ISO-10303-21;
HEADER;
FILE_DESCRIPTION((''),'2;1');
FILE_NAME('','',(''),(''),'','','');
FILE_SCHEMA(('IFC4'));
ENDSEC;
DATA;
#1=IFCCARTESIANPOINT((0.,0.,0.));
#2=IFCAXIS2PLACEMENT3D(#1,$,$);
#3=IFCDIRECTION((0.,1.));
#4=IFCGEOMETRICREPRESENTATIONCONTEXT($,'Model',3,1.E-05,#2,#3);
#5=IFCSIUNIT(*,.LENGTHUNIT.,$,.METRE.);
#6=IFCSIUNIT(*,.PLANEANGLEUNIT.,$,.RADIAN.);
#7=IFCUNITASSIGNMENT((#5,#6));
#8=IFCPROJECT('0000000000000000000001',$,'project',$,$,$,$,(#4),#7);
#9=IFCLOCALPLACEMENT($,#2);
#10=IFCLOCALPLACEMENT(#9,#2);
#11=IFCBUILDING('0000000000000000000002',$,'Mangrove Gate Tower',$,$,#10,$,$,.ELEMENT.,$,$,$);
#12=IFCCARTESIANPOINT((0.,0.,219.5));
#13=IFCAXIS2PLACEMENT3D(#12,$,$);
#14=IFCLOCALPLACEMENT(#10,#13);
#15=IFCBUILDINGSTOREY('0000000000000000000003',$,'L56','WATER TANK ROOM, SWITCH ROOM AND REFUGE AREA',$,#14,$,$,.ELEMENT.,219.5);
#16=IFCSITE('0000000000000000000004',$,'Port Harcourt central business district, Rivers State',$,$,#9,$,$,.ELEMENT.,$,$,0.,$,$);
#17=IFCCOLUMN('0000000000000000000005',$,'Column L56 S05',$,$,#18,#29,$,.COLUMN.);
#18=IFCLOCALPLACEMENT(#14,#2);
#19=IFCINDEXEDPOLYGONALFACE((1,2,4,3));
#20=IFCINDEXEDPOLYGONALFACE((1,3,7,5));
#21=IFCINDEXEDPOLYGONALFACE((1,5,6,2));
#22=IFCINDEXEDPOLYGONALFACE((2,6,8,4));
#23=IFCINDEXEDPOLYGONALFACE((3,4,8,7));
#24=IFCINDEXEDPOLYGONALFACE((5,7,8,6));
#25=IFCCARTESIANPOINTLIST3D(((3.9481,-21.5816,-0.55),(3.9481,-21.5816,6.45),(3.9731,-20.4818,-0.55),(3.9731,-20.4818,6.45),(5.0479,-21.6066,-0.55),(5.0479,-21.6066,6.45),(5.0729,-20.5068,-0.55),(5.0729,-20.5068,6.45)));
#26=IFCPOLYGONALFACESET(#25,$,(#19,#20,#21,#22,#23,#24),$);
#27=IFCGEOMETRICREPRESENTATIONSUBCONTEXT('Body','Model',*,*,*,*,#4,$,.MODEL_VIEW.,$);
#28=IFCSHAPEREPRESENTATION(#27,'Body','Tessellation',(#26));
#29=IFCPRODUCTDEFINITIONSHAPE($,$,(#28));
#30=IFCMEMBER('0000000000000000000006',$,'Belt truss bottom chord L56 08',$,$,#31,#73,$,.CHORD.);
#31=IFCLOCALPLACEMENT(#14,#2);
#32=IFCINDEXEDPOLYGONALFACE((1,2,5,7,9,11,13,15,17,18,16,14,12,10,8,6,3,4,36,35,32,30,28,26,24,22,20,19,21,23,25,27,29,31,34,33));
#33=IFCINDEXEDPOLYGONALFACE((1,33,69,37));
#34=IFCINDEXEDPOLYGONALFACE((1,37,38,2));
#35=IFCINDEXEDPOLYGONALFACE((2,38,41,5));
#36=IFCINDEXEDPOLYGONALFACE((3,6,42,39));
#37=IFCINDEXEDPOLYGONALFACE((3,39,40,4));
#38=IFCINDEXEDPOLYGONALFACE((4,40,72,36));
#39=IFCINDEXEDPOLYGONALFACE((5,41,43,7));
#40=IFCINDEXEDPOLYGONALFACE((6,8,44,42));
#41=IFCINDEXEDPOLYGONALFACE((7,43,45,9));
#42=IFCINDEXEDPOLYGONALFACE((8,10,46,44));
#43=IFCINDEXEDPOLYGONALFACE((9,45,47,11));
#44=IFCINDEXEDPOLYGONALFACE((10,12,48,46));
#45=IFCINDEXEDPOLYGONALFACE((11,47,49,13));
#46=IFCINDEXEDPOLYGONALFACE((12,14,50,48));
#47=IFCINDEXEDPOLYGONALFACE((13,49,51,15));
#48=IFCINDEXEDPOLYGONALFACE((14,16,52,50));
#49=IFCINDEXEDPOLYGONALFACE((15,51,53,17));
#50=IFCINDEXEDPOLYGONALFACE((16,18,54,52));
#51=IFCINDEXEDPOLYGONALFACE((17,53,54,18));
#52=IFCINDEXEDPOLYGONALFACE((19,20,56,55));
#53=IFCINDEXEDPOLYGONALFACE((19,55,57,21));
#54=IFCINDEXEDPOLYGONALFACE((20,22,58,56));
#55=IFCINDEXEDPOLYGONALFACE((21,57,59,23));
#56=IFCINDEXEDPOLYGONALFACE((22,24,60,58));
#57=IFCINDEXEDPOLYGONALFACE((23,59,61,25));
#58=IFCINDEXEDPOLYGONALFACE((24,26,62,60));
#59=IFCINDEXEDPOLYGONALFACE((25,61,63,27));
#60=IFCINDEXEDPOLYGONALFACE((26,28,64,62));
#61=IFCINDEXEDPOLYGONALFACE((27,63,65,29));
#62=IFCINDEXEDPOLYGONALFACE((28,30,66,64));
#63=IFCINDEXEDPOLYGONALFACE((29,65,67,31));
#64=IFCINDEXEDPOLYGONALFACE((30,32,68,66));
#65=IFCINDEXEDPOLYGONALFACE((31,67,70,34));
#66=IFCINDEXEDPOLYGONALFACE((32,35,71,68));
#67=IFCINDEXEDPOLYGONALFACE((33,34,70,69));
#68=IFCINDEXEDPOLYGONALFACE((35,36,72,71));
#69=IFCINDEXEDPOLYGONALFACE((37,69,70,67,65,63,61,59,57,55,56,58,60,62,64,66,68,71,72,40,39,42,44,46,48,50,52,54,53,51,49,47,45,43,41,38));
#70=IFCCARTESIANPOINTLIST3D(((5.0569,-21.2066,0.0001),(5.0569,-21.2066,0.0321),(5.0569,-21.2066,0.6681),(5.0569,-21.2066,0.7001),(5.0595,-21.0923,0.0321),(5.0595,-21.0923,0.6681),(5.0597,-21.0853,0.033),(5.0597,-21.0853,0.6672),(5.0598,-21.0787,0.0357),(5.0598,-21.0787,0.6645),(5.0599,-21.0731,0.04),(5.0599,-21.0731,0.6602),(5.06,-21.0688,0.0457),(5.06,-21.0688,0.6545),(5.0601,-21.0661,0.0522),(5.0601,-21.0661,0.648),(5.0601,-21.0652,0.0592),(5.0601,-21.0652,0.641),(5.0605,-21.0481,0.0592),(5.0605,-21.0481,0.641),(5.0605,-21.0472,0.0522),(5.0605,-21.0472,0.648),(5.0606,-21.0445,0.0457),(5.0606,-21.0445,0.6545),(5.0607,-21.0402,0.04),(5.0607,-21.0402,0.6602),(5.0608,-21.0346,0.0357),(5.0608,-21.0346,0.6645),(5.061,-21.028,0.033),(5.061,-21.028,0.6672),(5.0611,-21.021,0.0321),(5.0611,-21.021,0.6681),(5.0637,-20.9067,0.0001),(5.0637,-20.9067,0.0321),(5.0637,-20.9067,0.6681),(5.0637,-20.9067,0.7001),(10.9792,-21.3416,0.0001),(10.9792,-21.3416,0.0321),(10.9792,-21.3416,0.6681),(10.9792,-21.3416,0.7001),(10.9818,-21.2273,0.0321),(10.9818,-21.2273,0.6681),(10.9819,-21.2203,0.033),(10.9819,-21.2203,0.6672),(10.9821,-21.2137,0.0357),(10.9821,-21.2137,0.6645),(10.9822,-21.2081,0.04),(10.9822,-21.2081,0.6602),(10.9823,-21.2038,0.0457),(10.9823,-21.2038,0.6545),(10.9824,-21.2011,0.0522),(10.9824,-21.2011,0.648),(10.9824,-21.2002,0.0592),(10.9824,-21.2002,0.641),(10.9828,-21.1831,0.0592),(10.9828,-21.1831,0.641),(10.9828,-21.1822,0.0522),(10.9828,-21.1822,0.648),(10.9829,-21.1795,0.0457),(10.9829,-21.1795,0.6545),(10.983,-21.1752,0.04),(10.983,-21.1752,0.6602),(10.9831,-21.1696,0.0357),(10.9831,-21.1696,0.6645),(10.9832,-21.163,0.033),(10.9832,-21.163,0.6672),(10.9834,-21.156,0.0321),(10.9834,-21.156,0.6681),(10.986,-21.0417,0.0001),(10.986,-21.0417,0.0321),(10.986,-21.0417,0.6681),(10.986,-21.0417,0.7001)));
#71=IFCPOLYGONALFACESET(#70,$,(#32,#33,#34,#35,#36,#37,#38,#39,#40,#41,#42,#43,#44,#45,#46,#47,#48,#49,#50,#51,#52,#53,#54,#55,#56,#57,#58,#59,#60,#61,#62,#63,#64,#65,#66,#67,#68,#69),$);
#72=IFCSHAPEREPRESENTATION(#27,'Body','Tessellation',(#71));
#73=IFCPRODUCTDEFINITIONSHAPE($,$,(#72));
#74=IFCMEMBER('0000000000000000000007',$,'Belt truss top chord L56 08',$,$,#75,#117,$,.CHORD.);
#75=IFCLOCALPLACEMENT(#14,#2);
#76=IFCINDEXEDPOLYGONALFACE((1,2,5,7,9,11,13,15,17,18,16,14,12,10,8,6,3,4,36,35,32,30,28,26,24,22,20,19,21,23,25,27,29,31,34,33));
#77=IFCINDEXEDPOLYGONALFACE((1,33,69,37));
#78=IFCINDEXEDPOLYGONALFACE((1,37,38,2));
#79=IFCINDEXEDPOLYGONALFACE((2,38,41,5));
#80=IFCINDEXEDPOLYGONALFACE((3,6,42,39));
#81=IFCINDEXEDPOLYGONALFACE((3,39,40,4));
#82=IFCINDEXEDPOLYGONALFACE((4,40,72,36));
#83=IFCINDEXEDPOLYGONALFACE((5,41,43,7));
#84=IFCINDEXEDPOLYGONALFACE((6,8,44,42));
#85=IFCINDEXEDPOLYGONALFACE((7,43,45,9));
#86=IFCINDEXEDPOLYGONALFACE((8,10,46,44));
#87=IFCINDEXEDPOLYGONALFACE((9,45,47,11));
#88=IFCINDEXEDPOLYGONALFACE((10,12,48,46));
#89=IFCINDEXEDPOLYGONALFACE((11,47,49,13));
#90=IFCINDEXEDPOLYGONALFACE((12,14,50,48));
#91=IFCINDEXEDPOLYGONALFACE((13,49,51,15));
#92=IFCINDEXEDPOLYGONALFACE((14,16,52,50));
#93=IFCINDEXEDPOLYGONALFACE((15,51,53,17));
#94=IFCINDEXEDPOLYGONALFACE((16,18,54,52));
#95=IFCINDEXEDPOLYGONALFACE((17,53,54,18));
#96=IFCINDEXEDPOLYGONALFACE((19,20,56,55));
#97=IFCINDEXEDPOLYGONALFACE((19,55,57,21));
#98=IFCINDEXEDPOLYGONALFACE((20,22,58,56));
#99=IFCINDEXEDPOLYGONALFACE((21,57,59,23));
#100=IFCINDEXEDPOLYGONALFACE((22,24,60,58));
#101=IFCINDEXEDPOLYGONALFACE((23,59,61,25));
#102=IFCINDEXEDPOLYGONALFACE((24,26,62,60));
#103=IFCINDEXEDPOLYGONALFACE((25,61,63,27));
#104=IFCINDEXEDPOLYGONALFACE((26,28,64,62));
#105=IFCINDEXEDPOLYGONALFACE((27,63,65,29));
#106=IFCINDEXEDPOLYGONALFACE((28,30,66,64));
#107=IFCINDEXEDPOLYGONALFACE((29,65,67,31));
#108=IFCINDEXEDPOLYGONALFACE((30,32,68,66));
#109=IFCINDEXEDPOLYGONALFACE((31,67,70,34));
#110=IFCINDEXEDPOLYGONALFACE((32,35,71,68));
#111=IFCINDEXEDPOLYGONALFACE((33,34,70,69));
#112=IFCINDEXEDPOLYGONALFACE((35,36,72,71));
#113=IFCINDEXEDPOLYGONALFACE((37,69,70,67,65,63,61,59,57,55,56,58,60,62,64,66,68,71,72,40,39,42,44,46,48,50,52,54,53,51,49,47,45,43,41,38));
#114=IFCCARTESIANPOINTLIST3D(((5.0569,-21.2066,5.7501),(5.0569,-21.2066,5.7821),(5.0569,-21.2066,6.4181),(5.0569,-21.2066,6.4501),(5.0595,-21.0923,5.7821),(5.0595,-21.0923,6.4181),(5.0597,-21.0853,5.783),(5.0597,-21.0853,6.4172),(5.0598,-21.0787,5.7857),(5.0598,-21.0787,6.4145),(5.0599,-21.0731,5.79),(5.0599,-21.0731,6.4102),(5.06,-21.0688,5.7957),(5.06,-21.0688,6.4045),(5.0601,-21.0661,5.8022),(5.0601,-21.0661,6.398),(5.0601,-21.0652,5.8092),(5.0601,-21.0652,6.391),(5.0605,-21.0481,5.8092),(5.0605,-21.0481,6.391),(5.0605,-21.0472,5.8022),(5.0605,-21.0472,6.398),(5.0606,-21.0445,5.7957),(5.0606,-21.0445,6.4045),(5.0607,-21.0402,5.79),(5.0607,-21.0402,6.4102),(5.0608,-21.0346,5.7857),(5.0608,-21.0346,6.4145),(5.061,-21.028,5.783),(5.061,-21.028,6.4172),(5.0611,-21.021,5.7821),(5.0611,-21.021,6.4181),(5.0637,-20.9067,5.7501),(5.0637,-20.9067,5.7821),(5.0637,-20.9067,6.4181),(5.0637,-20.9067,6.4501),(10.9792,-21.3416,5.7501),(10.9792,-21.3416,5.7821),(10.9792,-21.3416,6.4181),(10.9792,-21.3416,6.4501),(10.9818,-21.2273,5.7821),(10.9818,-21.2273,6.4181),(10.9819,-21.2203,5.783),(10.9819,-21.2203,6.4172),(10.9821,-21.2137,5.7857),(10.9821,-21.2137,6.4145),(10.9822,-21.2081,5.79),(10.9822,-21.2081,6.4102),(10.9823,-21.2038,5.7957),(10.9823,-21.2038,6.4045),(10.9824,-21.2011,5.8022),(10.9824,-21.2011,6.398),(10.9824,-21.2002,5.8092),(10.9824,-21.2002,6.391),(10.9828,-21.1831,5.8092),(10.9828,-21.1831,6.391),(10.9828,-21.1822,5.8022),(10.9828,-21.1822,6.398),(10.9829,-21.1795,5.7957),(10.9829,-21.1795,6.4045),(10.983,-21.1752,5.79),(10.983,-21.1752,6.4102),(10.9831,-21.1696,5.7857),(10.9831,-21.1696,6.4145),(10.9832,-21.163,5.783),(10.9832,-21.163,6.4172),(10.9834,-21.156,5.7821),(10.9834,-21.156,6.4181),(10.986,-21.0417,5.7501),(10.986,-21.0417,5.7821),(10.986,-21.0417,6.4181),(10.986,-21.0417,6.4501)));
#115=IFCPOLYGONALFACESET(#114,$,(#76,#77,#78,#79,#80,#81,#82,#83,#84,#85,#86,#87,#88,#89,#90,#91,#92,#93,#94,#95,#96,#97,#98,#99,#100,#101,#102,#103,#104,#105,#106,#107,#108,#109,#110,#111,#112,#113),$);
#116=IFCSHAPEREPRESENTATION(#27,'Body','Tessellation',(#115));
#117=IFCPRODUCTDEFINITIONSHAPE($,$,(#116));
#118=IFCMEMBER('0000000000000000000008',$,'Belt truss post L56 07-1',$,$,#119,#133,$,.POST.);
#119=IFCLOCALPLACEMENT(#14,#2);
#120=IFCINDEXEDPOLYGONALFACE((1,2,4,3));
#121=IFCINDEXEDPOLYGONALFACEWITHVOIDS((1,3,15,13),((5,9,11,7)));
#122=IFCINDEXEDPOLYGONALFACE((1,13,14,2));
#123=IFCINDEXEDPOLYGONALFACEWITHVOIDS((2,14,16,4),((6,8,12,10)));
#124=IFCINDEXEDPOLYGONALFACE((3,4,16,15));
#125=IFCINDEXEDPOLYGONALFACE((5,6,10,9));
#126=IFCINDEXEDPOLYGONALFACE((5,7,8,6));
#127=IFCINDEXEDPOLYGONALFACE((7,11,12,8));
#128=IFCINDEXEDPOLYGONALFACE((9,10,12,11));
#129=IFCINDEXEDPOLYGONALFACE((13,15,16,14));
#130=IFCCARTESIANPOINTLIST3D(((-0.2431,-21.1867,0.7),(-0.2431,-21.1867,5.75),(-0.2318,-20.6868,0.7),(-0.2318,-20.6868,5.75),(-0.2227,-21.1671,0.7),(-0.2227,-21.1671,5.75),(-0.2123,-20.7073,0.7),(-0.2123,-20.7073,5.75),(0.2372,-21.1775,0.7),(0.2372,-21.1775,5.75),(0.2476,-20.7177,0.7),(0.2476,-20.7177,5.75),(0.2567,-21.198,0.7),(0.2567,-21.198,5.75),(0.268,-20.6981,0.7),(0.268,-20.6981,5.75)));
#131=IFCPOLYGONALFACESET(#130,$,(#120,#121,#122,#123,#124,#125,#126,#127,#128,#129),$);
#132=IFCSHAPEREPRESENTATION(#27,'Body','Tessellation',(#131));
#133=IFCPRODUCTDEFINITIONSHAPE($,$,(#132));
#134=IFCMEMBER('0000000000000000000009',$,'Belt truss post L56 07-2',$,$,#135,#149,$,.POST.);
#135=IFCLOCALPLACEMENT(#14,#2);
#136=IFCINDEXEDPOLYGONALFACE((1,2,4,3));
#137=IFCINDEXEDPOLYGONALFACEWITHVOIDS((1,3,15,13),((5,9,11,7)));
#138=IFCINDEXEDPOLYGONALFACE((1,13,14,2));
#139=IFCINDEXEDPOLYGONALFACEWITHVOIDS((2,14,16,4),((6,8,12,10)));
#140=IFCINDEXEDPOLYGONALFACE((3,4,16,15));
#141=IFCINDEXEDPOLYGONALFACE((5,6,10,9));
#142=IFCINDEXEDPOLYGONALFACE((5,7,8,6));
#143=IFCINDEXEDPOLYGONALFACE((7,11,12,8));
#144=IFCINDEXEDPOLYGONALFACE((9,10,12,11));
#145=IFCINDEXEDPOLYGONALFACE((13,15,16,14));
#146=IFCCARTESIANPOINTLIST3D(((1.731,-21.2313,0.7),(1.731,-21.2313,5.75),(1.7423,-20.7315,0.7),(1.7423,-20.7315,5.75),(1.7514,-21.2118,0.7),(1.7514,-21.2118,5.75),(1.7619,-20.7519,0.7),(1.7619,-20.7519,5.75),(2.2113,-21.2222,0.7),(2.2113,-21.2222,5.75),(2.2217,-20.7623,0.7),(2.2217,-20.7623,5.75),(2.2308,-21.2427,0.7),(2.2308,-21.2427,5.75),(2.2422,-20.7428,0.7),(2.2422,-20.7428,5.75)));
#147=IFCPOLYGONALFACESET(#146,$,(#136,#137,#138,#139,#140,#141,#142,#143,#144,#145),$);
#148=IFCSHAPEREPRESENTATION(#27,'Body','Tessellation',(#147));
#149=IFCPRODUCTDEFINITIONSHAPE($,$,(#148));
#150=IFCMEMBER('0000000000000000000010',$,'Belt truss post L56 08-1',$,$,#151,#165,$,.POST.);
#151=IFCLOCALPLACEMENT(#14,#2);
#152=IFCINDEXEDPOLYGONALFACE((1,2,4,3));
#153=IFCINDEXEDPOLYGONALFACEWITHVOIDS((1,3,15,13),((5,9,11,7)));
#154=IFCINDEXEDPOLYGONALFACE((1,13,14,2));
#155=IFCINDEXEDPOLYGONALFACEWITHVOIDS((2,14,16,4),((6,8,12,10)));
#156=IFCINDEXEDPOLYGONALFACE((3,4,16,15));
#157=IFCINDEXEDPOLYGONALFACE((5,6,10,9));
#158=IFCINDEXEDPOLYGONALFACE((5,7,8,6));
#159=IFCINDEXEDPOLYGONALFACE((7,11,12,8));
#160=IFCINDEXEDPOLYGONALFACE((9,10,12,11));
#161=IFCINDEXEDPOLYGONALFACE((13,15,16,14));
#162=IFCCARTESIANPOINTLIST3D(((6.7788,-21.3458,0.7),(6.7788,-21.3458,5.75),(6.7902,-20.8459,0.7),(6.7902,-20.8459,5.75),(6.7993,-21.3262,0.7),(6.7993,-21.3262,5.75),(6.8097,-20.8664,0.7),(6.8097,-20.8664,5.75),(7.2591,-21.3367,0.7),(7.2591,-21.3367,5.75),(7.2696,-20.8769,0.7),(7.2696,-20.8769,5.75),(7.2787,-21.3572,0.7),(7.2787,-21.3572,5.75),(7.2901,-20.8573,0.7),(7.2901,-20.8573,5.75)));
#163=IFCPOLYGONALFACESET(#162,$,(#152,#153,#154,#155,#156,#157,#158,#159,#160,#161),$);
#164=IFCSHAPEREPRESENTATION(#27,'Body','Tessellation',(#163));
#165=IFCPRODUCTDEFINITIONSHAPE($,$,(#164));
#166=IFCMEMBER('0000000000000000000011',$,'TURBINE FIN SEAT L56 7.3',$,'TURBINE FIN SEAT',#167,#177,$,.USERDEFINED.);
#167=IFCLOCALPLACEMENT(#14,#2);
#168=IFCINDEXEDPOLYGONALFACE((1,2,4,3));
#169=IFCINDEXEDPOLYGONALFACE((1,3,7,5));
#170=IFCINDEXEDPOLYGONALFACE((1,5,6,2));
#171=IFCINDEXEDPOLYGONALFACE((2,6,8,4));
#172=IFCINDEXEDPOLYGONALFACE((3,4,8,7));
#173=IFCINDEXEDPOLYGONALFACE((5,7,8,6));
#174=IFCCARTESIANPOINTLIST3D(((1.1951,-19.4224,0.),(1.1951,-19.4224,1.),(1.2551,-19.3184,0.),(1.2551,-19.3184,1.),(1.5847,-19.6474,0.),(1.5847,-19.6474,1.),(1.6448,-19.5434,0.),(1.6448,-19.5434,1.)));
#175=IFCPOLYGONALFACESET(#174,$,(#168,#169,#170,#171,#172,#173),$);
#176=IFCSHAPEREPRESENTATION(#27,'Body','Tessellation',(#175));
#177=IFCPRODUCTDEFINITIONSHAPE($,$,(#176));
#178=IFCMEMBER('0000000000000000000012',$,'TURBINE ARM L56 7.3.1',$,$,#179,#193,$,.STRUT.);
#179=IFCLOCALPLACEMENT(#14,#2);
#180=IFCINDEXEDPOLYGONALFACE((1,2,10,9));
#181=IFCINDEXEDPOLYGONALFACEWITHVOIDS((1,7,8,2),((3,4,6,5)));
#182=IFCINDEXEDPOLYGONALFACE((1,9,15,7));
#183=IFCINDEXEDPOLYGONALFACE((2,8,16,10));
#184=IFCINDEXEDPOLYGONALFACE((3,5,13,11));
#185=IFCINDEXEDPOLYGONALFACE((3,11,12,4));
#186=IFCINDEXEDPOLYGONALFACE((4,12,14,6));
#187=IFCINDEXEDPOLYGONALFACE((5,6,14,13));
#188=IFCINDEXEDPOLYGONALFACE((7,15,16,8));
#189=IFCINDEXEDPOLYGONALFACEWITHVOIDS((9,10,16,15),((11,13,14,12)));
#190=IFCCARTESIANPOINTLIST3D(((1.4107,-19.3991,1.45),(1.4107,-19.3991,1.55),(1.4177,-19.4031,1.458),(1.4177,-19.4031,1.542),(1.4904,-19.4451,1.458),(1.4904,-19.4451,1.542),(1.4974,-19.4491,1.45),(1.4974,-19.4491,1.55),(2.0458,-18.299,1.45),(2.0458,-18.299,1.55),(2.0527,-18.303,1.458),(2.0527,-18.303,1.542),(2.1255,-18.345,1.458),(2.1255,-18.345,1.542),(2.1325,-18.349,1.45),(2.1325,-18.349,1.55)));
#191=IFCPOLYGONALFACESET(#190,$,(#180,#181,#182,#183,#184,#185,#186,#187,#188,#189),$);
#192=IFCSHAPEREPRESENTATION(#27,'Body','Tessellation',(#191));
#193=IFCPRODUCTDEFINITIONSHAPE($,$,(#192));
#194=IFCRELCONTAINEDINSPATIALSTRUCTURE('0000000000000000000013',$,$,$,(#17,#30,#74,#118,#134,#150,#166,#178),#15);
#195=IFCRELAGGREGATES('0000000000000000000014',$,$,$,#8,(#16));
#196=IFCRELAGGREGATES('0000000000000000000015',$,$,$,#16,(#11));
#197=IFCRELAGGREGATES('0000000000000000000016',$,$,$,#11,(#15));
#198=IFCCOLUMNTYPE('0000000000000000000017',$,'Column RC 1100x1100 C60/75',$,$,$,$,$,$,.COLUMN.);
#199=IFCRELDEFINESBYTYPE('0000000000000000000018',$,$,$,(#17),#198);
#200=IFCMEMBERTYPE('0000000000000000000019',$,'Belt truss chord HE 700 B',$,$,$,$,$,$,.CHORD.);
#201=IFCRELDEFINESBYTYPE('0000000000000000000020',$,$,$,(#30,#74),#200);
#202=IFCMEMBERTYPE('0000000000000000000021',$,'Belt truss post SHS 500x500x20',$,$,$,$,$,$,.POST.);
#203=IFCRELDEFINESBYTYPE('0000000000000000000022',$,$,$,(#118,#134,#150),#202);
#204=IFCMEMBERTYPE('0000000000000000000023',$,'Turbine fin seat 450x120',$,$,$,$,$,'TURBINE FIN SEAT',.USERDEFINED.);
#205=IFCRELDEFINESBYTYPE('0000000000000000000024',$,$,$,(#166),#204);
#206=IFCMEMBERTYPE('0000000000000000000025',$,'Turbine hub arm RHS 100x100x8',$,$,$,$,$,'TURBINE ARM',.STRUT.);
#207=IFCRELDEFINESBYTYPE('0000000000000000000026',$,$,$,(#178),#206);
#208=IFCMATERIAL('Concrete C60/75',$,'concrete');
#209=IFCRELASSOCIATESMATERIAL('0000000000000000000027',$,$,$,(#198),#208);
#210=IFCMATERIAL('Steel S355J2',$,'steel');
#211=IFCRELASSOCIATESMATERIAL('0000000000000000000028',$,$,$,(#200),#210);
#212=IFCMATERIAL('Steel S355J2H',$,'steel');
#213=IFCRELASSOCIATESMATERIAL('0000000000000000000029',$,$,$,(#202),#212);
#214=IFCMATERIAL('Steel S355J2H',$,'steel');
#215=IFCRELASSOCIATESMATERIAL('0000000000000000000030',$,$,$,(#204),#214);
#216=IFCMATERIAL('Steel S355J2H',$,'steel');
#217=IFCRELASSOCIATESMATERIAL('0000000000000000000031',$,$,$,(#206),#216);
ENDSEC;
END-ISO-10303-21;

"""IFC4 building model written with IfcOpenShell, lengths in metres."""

from ifc_helpers import new_model, si_unit, direction, frame, origin, origin_2d, place, context, subcontext, project, spatial, rectangle, hollow_rectangle, i_section, extrude, material, material_profile, profile_set, type_object, element, save


model = new_model("IFC4")

# Units and contexts
model_context = context("Model", 3, precision=1e-05, world=origin(), true_north=direction((0.0, 1.0)))
body_context = subcontext(model_context, "Body", "Model", "MODEL_VIEW")
ifc_project = project(units=[si_unit("LENGTHUNIT", "METRE"), si_unit("PLANEANGLEUNIT", "RADIAN")], contexts=[model_context])

# Site, building, storey
site_placement = place(None, origin())
site = spatial("IfcSite", under=ifc_project, at=site_placement, Name="Port Harcourt central business district, Rivers State", CompositionType="ELEMENT", RefElevation=0.0)
building_placement = place(site_placement, origin())
building = spatial("IfcBuilding", under=site, at=building_placement, Name="Mangrove Gate Tower", CompositionType="ELEMENT")
storey_placement = place(building_placement, frame((0.0, 0.0, 219.5)))
storey = spatial("IfcBuildingStorey", under=building, at=storey_placement, Name="L56", Description="WATER TANK ROOM, SWITCH ROOM AND REFUGE AREA", CompositionType="ELEMENT", Elevation=219.5)

# Column
ifc_material_1 = material(Name="Concrete C60/75", Category="concrete")
ifc_material_profile_1 = material_profile(ifc_material_1, rectangle(XDim=1.1001, YDim=1.1001, at=origin_2d()))
ifc_profile_set_1 = profile_set([ifc_material_profile_1], Name="Concrete C60/75")
column_type = type_object("IfcColumnType", Name="Column RC 1100x1100 C60/75", PredefinedType="COLUMN", material=ifc_profile_set_1)
column_placement = place(storey_placement, frame((4.5105, -21.0442, -0.55), z_axis=(0.0, 0.0, 1.0), x_axis=(0.999742, -0.022708, 0.0)))
element("IfcColumn", 1, at=column_placement, inside=storey, type_object=column_type, Name="Column L56 S05", PredefinedType="COLUMN", context=body_context, shape_type="SweptSolid", body=[
    extrude(rectangle(XDim=1.1001, YDim=1.1001, at=origin_2d()), origin(), (0.0, 0.0, 1.0), 7.0),
])

# Members
ifc_material_2 = material(Name="Steel S355J2", Category="steel")
ifc_material_profile_2 = material_profile(ifc_material_2, i_section(OverallWidth=0.3, OverallDepth=0.7, WebThickness=0.0171, FlangeThickness=0.032, FilletRadius=0.0271, at=origin_2d()))
ifc_profile_set_2 = profile_set([ifc_material_profile_2], Name="Steel S355J2")
member_type_1 = type_object("IfcMemberType", Name="Belt truss chord HE 700 B", PredefinedType="CHORD", material=ifc_profile_set_2)
for number, where, z_axis, x_axis, name in (
    (2, (5.0603, -21.0566, 0.3501), (0.99974, -0.022791, 0.0), (0.022791, 0.99974, 0.0), "Belt truss bottom chord L56 08"),
    (3, (5.0603, -21.0566, 6.1001), (0.99974, -0.022791, 0.0), (0.022791, 0.99974, 0.0), "Belt truss top chord L56 08"),
):
    element("IfcMember", number, at=place(storey_placement, frame(where, z_axis=z_axis, x_axis=x_axis)), inside=storey, type_object=member_type_1, Name=name, PredefinedType="CHORD", context=body_context, shape_type="SweptSolid", body=[
        extrude(i_section(OverallWidth=0.3, OverallDepth=0.7, WebThickness=0.0171, FlangeThickness=0.032, FilletRadius=0.0271, at=origin_2d()), origin(), (0.0, 0.0, 1.0), 5.9238),
    ])
ifc_material_3 = material(Name="Steel S355J2H", Category="steel")
ifc_material_profile_3 = material_profile(ifc_material_3, hollow_rectangle(XDim=0.5, YDim=0.5, WallThickness=0.02, at=origin_2d()))
ifc_profile_set_3 = profile_set([ifc_material_profile_3], Name="Steel S355J2H")
member_type_2 = type_object("IfcMemberType", Name="Belt truss post SHS 500x500x20", PredefinedType="POST", material=ifc_profile_set_3)
for number, where, z_axis, x_axis, name in (
    (4, (0.0125, -20.9424, 0.7), (0.0, 0.0, 1.0), (0.999744, -0.022637, 0.0), "Belt truss post L56 07-1"),
    (5, (1.9866, -20.9871, 0.7), (0.0, 0.0, 1.0), (0.999744, -0.022637, 0.0), "Belt truss post L56 07-2"),
    (6, (7.0344, -21.1016, 0.7), (0.0, 0.0, 1.0), (0.999741, -0.02278, 0.0), "Belt truss post L56 08-1"),
):
    element("IfcMember", number, at=place(storey_placement, frame(where, z_axis=z_axis, x_axis=x_axis)), inside=storey, type_object=member_type_2, Name=name, PredefinedType="POST", context=body_context, shape_type="SweptSolid", body=[
        extrude(hollow_rectangle(XDim=0.5, YDim=0.5, WallThickness=0.02, at=origin_2d()), origin(), (0.0, 0.0, 1.0), 5.05),
    ])
ifc_material_4 = material(Name="Steel S355J2H", Category="steel")
ifc_material_profile_4 = material_profile(ifc_material_4, rectangle(XDim=0.45, YDim=0.1201, at=origin_2d()))
ifc_profile_set_4 = profile_set([ifc_material_profile_4], Name="Steel S355J2H")
member_type_3 = type_object("IfcMemberType", Name="Turbine fin seat 450x120", ElementType="TURBINE FIN SEAT", PredefinedType="USERDEFINED", material=ifc_profile_set_4)
member_1_placement = place(storey_placement, frame((1.4199, -19.4829, 0.0), z_axis=(0.0, 0.0, 1.0), x_axis=(0.866025, -0.5, 0.0)))
element("IfcMember", 7, at=member_1_placement, inside=storey, type_object=member_type_3, Name="TURBINE FIN SEAT L56 7.3", ObjectType="TURBINE FIN SEAT", PredefinedType="USERDEFINED", context=body_context, shape_type="SweptSolid", body=[
    extrude(rectangle(XDim=0.45, YDim=0.1201, at=origin_2d()), origin(), (0.0, 0.0, 1.0), 1.0),
])
ifc_material_5 = material(Name="Steel S355J2H", Category="steel")
ifc_material_profile_5 = material_profile(ifc_material_5, hollow_rectangle(XDim=0.1001, YDim=0.1001, WallThickness=0.0081, at=origin_2d()))
ifc_profile_set_5 = profile_set([ifc_material_profile_5], Name="Steel S355J2H")
member_type_4 = type_object("IfcMemberType", Name="Turbine hub arm RHS 100x100x8", ElementType="TURBINE ARM", PredefinedType="STRUT", material=ifc_profile_set_5)
for number, where, z_axis, x_axis, name in (
    (8, (2.0891, -18.324, 1.5), (-0.499922, -0.86607, 0.0), (0.86607, -0.499922, 0.0), "TURBINE ARM L56 7.3.1"),
):
    element("IfcMember", number, at=place(storey_placement, frame(where, z_axis=z_axis, x_axis=x_axis)), inside=storey, type_object=member_type_4, Name=name, PredefinedType="STRUT", context=body_context, shape_type="SweptSolid", body=[
        extrude(hollow_rectangle(XDim=0.1001, YDim=0.1001, WallThickness=0.0081, at=origin_2d()), origin(), (0.0, 0.0, 1.0), 1.2703),
    ])

save(model, "model.ifc")
